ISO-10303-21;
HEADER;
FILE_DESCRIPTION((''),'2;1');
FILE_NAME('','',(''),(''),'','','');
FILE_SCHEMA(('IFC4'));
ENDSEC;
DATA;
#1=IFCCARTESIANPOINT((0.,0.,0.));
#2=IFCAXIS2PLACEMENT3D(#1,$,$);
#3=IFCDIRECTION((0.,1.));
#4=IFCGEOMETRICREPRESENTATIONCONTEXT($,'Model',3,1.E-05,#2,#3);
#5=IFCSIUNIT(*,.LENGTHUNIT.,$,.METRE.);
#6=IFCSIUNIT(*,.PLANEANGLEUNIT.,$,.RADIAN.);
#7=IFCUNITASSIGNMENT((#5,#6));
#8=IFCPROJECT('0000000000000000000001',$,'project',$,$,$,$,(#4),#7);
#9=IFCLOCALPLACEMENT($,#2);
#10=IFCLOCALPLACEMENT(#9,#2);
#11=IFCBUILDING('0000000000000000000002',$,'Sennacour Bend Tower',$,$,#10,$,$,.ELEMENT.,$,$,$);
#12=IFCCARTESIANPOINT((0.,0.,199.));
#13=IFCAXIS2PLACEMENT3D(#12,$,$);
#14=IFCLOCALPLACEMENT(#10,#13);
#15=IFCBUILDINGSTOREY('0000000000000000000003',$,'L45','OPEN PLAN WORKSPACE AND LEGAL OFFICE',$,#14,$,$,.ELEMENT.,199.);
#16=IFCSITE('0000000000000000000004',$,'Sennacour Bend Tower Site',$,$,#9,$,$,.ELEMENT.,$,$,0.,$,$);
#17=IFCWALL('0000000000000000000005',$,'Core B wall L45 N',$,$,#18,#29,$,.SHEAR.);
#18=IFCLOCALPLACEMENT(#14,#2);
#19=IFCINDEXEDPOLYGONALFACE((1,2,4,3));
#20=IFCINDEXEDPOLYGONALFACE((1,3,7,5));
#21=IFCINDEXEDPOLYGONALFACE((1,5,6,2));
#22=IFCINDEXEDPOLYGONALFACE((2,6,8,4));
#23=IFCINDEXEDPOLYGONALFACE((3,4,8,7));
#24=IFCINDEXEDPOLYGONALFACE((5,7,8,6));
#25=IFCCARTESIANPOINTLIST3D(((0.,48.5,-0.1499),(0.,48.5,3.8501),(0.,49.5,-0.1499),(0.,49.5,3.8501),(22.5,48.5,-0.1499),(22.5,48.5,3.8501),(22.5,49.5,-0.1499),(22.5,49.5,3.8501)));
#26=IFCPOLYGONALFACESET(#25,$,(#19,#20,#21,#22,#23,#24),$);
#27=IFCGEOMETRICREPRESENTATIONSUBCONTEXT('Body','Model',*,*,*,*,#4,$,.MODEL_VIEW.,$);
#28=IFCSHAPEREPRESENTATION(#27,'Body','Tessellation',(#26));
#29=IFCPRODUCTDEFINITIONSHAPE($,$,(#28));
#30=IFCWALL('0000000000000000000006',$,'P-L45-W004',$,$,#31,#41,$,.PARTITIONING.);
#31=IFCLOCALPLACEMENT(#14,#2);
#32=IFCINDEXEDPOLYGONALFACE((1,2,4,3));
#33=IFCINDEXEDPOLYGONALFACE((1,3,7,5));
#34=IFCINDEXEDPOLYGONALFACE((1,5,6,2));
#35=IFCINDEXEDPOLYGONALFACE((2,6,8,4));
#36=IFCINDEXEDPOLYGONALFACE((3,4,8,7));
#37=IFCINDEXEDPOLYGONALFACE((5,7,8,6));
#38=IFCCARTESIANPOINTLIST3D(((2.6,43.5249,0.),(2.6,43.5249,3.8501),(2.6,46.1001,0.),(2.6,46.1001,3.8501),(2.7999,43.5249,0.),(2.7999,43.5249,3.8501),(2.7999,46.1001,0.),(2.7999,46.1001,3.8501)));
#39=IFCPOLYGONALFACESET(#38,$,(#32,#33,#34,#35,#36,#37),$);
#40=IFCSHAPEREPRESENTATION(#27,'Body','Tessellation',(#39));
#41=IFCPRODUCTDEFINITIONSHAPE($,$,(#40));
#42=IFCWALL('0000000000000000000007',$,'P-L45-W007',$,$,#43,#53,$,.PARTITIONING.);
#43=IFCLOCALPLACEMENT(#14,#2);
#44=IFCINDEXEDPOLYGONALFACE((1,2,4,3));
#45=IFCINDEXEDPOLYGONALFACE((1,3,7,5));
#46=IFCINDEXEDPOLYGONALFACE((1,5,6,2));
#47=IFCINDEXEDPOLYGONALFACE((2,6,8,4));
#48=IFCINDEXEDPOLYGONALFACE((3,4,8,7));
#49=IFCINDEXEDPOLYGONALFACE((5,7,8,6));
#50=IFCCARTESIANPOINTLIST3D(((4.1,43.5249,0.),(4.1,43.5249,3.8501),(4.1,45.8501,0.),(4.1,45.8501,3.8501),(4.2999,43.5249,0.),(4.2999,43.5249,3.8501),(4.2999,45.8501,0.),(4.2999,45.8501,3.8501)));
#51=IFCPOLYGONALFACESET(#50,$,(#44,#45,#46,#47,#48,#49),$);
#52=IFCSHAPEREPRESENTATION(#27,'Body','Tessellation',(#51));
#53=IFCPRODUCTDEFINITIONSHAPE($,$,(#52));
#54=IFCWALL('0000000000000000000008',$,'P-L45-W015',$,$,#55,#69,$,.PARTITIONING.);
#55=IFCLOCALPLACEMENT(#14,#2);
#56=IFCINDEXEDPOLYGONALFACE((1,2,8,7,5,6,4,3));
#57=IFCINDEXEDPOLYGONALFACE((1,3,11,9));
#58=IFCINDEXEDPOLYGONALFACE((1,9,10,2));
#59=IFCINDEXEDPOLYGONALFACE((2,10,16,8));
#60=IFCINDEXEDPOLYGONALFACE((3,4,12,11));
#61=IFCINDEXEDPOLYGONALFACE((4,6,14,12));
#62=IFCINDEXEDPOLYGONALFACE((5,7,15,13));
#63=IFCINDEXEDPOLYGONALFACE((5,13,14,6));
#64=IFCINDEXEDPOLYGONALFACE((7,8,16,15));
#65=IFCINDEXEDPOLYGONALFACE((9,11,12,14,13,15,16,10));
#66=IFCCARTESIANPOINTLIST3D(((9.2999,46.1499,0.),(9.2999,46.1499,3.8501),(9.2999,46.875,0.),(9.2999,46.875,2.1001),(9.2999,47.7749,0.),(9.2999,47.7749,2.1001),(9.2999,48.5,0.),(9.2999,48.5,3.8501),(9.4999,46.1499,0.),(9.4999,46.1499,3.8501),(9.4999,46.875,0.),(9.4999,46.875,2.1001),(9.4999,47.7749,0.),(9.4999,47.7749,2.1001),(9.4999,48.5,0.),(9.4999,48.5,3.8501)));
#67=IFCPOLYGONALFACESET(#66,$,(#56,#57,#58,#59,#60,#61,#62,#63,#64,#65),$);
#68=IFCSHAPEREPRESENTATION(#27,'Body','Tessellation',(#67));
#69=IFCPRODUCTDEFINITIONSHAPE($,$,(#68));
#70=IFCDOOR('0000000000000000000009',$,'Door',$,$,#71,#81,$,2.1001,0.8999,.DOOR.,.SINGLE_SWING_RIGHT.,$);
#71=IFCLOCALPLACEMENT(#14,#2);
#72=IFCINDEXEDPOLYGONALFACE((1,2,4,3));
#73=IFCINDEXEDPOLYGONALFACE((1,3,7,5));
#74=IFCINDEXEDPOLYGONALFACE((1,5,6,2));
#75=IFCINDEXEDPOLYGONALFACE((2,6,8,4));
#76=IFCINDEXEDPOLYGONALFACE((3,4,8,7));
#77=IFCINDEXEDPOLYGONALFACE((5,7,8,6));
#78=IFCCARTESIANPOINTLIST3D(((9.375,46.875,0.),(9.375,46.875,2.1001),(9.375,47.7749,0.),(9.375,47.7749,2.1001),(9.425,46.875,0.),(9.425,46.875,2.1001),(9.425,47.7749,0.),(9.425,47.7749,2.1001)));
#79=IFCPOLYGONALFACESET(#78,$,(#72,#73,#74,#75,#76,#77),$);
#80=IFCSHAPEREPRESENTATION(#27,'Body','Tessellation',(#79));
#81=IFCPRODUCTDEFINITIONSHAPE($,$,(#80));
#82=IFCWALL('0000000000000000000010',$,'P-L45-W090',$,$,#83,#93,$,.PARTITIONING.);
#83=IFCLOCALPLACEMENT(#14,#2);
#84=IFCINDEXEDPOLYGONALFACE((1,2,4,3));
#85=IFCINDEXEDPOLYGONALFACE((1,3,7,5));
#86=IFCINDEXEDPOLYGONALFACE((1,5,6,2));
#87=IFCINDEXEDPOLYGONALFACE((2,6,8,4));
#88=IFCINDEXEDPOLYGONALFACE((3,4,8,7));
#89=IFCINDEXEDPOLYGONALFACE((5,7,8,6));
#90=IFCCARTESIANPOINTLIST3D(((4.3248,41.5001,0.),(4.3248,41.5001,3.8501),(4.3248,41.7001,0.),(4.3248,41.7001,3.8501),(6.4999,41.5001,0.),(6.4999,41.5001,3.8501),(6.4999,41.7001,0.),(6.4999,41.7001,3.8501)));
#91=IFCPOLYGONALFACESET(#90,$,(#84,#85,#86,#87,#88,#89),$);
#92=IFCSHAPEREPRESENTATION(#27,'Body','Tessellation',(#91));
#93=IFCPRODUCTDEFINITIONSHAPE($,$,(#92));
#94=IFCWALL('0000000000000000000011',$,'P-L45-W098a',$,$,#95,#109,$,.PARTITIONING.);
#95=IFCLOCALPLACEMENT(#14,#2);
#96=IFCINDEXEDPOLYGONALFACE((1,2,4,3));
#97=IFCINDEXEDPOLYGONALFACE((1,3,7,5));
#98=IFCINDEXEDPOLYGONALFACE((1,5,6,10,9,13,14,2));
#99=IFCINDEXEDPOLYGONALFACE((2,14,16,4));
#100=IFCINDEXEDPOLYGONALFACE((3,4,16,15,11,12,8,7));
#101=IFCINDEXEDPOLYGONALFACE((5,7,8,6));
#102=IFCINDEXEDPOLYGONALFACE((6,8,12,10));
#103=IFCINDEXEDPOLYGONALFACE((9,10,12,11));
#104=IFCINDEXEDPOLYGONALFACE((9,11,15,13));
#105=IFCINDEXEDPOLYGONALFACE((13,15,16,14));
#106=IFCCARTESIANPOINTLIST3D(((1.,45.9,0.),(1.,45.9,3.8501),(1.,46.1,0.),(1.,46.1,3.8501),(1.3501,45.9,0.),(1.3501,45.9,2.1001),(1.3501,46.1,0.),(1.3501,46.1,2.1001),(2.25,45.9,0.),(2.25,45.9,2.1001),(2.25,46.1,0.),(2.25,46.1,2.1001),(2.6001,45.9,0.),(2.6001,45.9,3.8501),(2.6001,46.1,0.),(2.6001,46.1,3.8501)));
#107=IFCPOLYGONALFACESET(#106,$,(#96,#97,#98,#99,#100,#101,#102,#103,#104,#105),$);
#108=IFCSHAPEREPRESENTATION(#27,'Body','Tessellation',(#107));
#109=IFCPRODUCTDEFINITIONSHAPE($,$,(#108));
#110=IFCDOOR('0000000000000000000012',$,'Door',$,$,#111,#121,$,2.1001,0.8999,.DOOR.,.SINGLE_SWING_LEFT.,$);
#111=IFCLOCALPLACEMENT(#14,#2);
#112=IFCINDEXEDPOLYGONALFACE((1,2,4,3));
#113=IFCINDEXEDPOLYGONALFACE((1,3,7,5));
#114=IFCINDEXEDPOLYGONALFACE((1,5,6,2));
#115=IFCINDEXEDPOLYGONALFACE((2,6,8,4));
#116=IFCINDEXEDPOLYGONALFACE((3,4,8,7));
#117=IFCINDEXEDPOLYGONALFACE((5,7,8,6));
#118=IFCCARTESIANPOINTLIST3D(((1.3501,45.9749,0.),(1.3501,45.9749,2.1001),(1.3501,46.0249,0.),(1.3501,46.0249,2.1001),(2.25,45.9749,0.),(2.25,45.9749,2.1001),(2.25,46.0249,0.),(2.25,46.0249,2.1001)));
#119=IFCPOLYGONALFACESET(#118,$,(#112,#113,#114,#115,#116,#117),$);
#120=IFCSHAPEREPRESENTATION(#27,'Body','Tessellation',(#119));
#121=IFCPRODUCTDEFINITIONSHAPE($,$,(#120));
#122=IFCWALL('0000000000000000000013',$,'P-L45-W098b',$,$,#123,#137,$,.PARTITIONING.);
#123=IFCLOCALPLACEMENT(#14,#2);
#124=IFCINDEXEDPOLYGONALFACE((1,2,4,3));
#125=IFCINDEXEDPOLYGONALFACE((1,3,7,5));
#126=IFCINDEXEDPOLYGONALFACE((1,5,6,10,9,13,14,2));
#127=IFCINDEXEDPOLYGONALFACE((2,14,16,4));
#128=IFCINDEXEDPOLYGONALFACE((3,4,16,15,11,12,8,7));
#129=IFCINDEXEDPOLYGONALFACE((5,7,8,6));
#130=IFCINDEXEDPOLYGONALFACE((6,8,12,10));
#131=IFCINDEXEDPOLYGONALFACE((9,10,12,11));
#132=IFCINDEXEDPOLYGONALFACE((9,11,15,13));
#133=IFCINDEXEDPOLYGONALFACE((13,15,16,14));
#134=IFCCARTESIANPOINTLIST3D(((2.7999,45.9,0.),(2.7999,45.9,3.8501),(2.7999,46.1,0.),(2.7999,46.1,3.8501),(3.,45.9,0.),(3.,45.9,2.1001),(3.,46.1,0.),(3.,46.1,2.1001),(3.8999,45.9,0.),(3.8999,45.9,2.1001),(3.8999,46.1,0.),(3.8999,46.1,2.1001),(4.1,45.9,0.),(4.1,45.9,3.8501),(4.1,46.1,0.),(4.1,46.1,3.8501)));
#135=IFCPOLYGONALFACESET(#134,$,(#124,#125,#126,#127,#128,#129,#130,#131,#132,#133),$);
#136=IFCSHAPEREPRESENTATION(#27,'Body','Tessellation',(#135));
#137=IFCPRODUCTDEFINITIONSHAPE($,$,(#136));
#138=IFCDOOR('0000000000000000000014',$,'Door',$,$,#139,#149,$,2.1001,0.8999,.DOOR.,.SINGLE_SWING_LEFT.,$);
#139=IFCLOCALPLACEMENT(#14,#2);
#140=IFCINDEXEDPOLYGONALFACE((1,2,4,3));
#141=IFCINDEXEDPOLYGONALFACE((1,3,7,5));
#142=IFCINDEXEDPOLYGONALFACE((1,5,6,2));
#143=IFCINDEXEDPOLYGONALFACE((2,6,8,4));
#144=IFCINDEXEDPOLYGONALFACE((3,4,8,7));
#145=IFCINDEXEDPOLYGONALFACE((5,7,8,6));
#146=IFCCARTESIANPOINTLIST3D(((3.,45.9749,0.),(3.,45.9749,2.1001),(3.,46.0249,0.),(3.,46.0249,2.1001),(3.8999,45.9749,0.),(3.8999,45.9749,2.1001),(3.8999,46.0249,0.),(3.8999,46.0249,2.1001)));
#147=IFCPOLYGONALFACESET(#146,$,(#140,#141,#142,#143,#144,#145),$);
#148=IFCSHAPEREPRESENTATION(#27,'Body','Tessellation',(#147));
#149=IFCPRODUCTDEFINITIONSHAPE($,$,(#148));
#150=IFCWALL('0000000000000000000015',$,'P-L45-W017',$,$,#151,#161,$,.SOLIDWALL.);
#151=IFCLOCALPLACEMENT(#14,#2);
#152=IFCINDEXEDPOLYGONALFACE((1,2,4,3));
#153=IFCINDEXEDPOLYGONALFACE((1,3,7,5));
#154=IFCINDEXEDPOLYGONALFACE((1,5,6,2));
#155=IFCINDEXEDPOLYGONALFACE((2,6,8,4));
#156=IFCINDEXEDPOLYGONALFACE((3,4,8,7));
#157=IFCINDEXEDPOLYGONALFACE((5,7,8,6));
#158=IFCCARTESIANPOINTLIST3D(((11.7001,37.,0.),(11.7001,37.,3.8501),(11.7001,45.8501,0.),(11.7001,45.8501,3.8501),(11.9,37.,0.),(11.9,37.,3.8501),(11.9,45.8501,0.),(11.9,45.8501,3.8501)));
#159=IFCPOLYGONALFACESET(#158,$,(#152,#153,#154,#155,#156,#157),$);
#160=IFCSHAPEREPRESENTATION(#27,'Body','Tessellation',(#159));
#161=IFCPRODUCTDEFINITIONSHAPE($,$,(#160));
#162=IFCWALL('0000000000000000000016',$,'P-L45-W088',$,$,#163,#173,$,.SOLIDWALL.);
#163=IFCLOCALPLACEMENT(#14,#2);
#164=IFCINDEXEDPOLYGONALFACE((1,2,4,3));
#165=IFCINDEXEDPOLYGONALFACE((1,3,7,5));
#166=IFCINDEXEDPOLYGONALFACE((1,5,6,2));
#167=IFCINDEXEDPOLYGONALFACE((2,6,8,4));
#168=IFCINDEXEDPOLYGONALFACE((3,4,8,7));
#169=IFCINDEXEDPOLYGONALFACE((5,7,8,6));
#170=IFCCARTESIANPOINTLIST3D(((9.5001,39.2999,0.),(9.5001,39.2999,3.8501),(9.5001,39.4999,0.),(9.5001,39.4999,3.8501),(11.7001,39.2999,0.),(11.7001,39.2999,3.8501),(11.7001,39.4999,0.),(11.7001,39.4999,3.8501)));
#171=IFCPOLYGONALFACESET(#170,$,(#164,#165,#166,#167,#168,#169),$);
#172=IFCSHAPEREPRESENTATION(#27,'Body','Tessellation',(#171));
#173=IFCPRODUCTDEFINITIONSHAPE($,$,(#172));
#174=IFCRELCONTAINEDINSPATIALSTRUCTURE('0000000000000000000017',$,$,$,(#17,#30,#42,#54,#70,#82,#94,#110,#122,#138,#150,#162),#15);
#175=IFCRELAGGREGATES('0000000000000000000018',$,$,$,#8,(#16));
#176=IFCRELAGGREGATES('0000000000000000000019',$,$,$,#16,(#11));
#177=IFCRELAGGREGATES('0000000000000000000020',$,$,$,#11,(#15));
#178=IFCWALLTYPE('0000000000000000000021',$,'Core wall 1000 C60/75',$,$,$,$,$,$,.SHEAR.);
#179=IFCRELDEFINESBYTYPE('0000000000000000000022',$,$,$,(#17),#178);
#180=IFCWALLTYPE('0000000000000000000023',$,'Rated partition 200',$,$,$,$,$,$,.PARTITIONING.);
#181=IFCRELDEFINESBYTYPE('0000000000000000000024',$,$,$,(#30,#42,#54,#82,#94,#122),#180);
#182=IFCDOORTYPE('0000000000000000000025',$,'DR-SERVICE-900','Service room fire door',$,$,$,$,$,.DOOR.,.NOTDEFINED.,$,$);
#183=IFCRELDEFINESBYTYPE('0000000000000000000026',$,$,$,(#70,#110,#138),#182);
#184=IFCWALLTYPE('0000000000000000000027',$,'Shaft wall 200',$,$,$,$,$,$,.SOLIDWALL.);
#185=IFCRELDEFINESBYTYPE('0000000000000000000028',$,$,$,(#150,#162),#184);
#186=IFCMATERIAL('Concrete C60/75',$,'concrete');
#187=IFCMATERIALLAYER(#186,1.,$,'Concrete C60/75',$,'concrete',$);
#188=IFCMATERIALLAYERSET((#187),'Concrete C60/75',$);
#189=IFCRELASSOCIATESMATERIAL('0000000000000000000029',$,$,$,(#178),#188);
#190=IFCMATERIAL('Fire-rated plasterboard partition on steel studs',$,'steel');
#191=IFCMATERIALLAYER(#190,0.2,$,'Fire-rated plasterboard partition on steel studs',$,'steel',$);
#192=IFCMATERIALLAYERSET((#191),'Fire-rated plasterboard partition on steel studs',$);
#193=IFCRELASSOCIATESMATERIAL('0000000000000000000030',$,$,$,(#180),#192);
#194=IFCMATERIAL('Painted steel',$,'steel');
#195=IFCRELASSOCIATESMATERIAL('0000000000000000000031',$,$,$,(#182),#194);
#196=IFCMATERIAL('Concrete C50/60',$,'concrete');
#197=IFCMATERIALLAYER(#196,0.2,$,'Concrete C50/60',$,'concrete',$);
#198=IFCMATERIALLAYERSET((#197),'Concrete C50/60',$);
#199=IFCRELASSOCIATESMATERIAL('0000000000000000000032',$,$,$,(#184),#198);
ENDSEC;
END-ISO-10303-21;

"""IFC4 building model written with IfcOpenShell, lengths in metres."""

from ifc_helpers import new_model, si_unit, direction, frame, frame_2d, origin, place, context, subcontext, project, spatial, rectangle, extrude, material, layer, layer_set, type_object, element, fill, save


model = new_model("IFC4")

# Units and contexts
model_context = context("Model", 3, precision=1e-05, world=origin(), true_north=direction((0.0, 1.0)))
body_context = subcontext(model_context, "Body", "Model", "MODEL_VIEW")
ifc_project = project(units=[si_unit("LENGTHUNIT", "METRE"), si_unit("PLANEANGLEUNIT", "RADIAN")], contexts=[model_context])

# Site, building, storey
site_placement = place(None, origin())
site = spatial("IfcSite", under=ifc_project, at=site_placement, Name="Sennacour Bend Tower Site", CompositionType="ELEMENT", RefElevation=0.0)
building_placement = place(site_placement, origin())
building = spatial("IfcBuilding", under=site, at=building_placement, Name="Sennacour Bend Tower", CompositionType="ELEMENT")
storey_placement = place(building_placement, frame((0.0, 0.0, 199.0)))
storey = spatial("IfcBuildingStorey", under=building, at=storey_placement, Name="L45", Description="OPEN PLAN WORKSPACE AND LEGAL OFFICE", CompositionType="ELEMENT", Elevation=199.0)

# Walls
ifc_material_1 = material(Name="Concrete C60/75", Category="concrete")
ifc_layer_1 = layer(ifc_material_1, 1.0, Name="Concrete C60/75", Category="concrete")
ifc_layer_set_1 = layer_set([ifc_layer_1], Name="Concrete C60/75")
wall_type_1 = type_object("IfcWallType", Name="Core wall 1000 C60/75", PredefinedType="SHEAR", material=ifc_layer_set_1)
wall_1_placement = place(storey_placement, frame((0.0, 49.0, -0.1499), z_axis=(0.0, 0.0, 1.0), x_axis=(1.0, 0.0, 0.0)))
element("IfcWall", 1, at=wall_1_placement, inside=storey, type_object=wall_type_1, Name="Core B wall L45 N", PredefinedType="SHEAR", context=body_context, shape_type="SweptSolid", body=[
    extrude(rectangle(XDim=22.5, YDim=1.0, at=frame_2d((11.25, 0.0))), origin(), (0.0, 0.0, 1.0), 4.0),
])
ifc_material_2 = material(Name="Fire-rated plasterboard partition on steel studs", Category="steel")
ifc_layer_2 = layer(ifc_material_2, 0.2, Name="Fire-rated plasterboard partition on steel studs", Category="steel")
ifc_layer_set_2 = layer_set([ifc_layer_2], Name="Fire-rated plasterboard partition on steel studs")
wall_type_2 = type_object("IfcWallType", Name="Rated partition 200", PredefinedType="PARTITIONING", material=ifc_layer_set_2)
wall_2_placement = place(storey_placement, frame((2.7, 43.5249, 0.0), z_axis=(0.0, 0.0, 1.0), x_axis=(0.0, 1.0, 0.0)))
element("IfcWall", 2, at=wall_2_placement, inside=storey, type_object=wall_type_2, Name="P-L45-W004", PredefinedType="PARTITIONING", context=body_context, shape_type="SweptSolid", body=[
    extrude(rectangle(XDim=2.5752, YDim=0.2, at=frame_2d((1.2876, 0.0))), origin(), (0.0, 0.0, 1.0), 3.8501),
])
wall_3_placement = place(storey_placement, frame((4.2, 43.5249, 0.0), z_axis=(0.0, 0.0, 1.0), x_axis=(0.0, 1.0, 0.0)))
element("IfcWall", 3, at=wall_3_placement, inside=storey, type_object=wall_type_2, Name="P-L45-W007", PredefinedType="PARTITIONING", context=body_context, shape_type="SweptSolid", body=[
    extrude(rectangle(XDim=2.3252, YDim=0.2, at=frame_2d((1.1626, 0.0))), origin(), (0.0, 0.0, 1.0), 3.8501),
])

# Wall, opening, door
wall_4_placement = place(storey_placement, frame((9.3999, 46.1499, 0.0), z_axis=(0.0, 0.0, 1.0), x_axis=(0.0, 1.0, 0.0)))
wall_4 = element("IfcWall", 4, at=wall_4_placement, inside=storey, type_object=wall_type_2, Name="P-L45-W015", PredefinedType="PARTITIONING", context=body_context, shape_type="SweptSolid", body=[
    extrude(rectangle(XDim=2.3501, YDim=0.2, at=frame_2d((1.175, 0.0))), origin(), (0.0, 0.0, 1.0), 3.8501),
])
opening_1_placement = place(wall_4_placement, frame((0.7251, 0.0, 0.0)))
opening_1 = element("IfcOpeningElement", 5, at=opening_1_placement, cuts=wall_4, PredefinedType="OPENING", context=body_context, shape_type="SweptSolid", body=[
    extrude(rectangle(XDim=0.8999, YDim=2.1001, at=frame_2d((0.45, 1.05))), frame((0.0, 0.1099, 0.0), z_axis=(0.0, -1.0, 0.0), x_axis=(1.0, 0.0, 0.0)), (0.0, 0.0, 1.0), 0.22),
])
ifc_material_3 = material(Name="Painted steel", Category="steel")
door_type_1 = type_object("IfcDoorType", Name="DR-SERVICE-900", Description="Service room fire door", OperationType="NOTDEFINED", PredefinedType="DOOR", material=ifc_material_3)
door_1_placement = place(opening_1_placement, origin())
door_1 = element("IfcDoor", 6, at=door_1_placement, inside=storey, type_object=door_type_1, Name="Door", OperationType="SINGLE_SWING_RIGHT", OverallHeight=2.1001, OverallWidth=0.8999, PredefinedType="DOOR", context=body_context, shape_type="SweptSolid", body=[
    extrude(rectangle(XDim=0.8999, YDim=2.1001, at=frame_2d((0.45, 1.05))), frame((0.0, 0.0249, 0.0), z_axis=(0.0, -1.0, 0.0), x_axis=(1.0, 0.0, 0.0)), (0.0, 0.0, 1.0), 0.05),
])
fill(opening_1, door_1)

# Wall
wall_5_placement = place(storey_placement, frame((4.325, 41.6001, 0.0), z_axis=(0.0, 0.0, 1.0), x_axis=(1.0, 0.0, 0.0)))
element("IfcWall", 7, at=wall_5_placement, inside=storey, type_object=wall_type_2, Name="P-L45-W090", PredefinedType="PARTITIONING", context=body_context, shape_type="SweptSolid", body=[
    extrude(rectangle(XDim=2.175, YDim=0.2, at=frame_2d((1.0874, 0.0))), origin(), (0.0, 0.0, 1.0), 3.8501),
])

# Walls, openings, doors
wall_6_placement = place(storey_placement, frame((1.0, 46.0, 0.0), z_axis=(0.0, 0.0, 1.0), x_axis=(1.0, 0.0, 0.0)))
wall_6 = element("IfcWall", 8, at=wall_6_placement, inside=storey, type_object=wall_type_2, Name="P-L45-W098a", PredefinedType="PARTITIONING", context=body_context, shape_type="SweptSolid", body=[
    extrude(rectangle(XDim=1.6001, YDim=0.2, at=frame_2d((0.8, 0.0))), origin(), (0.0, 0.0, 1.0), 3.8501),
])
opening_2_placement = place(wall_6_placement, frame((0.3501, 0.0, 0.0)))
opening_2 = element("IfcOpeningElement", 9, at=opening_2_placement, cuts=wall_6, PredefinedType="OPENING", context=body_context, shape_type="SweptSolid", body=[
    extrude(rectangle(XDim=0.8999, YDim=2.1001, at=frame_2d((0.45, 1.05))), frame((0.0, 0.1099, 0.0), z_axis=(0.0, -1.0, 0.0), x_axis=(1.0, 0.0, 0.0)), (0.0, 0.0, 1.0), 0.22),
])
door_2_placement = place(opening_2_placement, origin())
door_2 = element("IfcDoor", 10, at=door_2_placement, inside=storey, type_object=door_type_1, Name="Door", OperationType="SINGLE_SWING_LEFT", OverallHeight=2.1001, OverallWidth=0.8999, PredefinedType="DOOR", context=body_context, shape_type="SweptSolid", body=[
    extrude(rectangle(XDim=0.8999, YDim=2.1001, at=frame_2d((0.45, 1.05))), frame((0.0, 0.0249, 0.0), z_axis=(0.0, -1.0, 0.0), x_axis=(1.0, 0.0, 0.0)), (0.0, 0.0, 1.0), 0.05),
])
fill(opening_2, door_2)
wall_7_placement = place(storey_placement, frame((2.8, 46.0, 0.0), z_axis=(0.0, 0.0, 1.0), x_axis=(1.0, 0.0, 0.0)))
wall_7 = element("IfcWall", 11, at=wall_7_placement, inside=storey, type_object=wall_type_2, Name="P-L45-W098b", PredefinedType="PARTITIONING", context=body_context, shape_type="SweptSolid", body=[
    extrude(rectangle(XDim=1.3, YDim=0.2, at=frame_2d((0.6499, 0.0))), origin(), (0.0, 0.0, 1.0), 3.8501),
])
opening_3_placement = place(wall_7_placement, frame((0.2, 0.0, 0.0)))
opening_3 = element("IfcOpeningElement", 12, at=opening_3_placement, cuts=wall_7, PredefinedType="OPENING", context=body_context, shape_type="SweptSolid", body=[
    extrude(rectangle(XDim=0.8999, YDim=2.1001, at=frame_2d((0.45, 1.05))), frame((0.0, 0.1099, 0.0), z_axis=(0.0, -1.0, 0.0), x_axis=(1.0, 0.0, 0.0)), (0.0, 0.0, 1.0), 0.22),
])
door_3_placement = place(opening_3_placement, origin())
door_3 = element("IfcDoor", 13, at=door_3_placement, inside=storey, type_object=door_type_1, Name="Door", OperationType="SINGLE_SWING_LEFT", OverallHeight=2.1001, OverallWidth=0.8999, PredefinedType="DOOR", context=body_context, shape_type="SweptSolid", body=[
    extrude(rectangle(XDim=0.8999, YDim=2.1001, at=frame_2d((0.45, 1.05))), frame((0.0, 0.0249, 0.0), z_axis=(0.0, -1.0, 0.0), x_axis=(1.0, 0.0, 0.0)), (0.0, 0.0, 1.0), 0.05),
])
fill(opening_3, door_3)

# Walls
ifc_material_4 = material(Name="Concrete C50/60", Category="concrete")
ifc_layer_3 = layer(ifc_material_4, 0.2, Name="Concrete C50/60", Category="concrete")
ifc_layer_set_3 = layer_set([ifc_layer_3], Name="Concrete C50/60")
wall_type_3 = type_object("IfcWallType", Name="Shaft wall 200", PredefinedType="SOLIDWALL", material=ifc_layer_set_3)
wall_8_placement = place(storey_placement, frame((11.8, 37.0, 0.0), z_axis=(0.0, 0.0, 1.0), x_axis=(0.0, 1.0, 0.0)))
element("IfcWall", 14, at=wall_8_placement, inside=storey, type_object=wall_type_3, Name="P-L45-W017", PredefinedType="SOLIDWALL", context=body_context, shape_type="SweptSolid", body=[
    extrude(rectangle(XDim=8.8501, YDim=0.2, at=frame_2d((4.425, 0.0))), origin(), (0.0, 0.0, 1.0), 3.8501),
])
for number, where, z_axis, x_axis, name in (
    (15, (9.5, 39.3999, 0.0), (0.0, 0.0, 1.0), (1.0, 0.0, 0.0), "P-L45-W088"),
):
    element("IfcWall", number, at=place(storey_placement, frame(where, z_axis=z_axis, x_axis=x_axis)), inside=storey, type_object=wall_type_3, Name=name, PredefinedType="SOLIDWALL", context=body_context, shape_type="SweptSolid", body=[
        extrude(rectangle(XDim=2.2, YDim=0.2, at=frame_2d((1.1001, 0.0))), origin(), (0.0, 0.0, 1.0), 3.8501),
    ])

save(model, "model.ifc")
